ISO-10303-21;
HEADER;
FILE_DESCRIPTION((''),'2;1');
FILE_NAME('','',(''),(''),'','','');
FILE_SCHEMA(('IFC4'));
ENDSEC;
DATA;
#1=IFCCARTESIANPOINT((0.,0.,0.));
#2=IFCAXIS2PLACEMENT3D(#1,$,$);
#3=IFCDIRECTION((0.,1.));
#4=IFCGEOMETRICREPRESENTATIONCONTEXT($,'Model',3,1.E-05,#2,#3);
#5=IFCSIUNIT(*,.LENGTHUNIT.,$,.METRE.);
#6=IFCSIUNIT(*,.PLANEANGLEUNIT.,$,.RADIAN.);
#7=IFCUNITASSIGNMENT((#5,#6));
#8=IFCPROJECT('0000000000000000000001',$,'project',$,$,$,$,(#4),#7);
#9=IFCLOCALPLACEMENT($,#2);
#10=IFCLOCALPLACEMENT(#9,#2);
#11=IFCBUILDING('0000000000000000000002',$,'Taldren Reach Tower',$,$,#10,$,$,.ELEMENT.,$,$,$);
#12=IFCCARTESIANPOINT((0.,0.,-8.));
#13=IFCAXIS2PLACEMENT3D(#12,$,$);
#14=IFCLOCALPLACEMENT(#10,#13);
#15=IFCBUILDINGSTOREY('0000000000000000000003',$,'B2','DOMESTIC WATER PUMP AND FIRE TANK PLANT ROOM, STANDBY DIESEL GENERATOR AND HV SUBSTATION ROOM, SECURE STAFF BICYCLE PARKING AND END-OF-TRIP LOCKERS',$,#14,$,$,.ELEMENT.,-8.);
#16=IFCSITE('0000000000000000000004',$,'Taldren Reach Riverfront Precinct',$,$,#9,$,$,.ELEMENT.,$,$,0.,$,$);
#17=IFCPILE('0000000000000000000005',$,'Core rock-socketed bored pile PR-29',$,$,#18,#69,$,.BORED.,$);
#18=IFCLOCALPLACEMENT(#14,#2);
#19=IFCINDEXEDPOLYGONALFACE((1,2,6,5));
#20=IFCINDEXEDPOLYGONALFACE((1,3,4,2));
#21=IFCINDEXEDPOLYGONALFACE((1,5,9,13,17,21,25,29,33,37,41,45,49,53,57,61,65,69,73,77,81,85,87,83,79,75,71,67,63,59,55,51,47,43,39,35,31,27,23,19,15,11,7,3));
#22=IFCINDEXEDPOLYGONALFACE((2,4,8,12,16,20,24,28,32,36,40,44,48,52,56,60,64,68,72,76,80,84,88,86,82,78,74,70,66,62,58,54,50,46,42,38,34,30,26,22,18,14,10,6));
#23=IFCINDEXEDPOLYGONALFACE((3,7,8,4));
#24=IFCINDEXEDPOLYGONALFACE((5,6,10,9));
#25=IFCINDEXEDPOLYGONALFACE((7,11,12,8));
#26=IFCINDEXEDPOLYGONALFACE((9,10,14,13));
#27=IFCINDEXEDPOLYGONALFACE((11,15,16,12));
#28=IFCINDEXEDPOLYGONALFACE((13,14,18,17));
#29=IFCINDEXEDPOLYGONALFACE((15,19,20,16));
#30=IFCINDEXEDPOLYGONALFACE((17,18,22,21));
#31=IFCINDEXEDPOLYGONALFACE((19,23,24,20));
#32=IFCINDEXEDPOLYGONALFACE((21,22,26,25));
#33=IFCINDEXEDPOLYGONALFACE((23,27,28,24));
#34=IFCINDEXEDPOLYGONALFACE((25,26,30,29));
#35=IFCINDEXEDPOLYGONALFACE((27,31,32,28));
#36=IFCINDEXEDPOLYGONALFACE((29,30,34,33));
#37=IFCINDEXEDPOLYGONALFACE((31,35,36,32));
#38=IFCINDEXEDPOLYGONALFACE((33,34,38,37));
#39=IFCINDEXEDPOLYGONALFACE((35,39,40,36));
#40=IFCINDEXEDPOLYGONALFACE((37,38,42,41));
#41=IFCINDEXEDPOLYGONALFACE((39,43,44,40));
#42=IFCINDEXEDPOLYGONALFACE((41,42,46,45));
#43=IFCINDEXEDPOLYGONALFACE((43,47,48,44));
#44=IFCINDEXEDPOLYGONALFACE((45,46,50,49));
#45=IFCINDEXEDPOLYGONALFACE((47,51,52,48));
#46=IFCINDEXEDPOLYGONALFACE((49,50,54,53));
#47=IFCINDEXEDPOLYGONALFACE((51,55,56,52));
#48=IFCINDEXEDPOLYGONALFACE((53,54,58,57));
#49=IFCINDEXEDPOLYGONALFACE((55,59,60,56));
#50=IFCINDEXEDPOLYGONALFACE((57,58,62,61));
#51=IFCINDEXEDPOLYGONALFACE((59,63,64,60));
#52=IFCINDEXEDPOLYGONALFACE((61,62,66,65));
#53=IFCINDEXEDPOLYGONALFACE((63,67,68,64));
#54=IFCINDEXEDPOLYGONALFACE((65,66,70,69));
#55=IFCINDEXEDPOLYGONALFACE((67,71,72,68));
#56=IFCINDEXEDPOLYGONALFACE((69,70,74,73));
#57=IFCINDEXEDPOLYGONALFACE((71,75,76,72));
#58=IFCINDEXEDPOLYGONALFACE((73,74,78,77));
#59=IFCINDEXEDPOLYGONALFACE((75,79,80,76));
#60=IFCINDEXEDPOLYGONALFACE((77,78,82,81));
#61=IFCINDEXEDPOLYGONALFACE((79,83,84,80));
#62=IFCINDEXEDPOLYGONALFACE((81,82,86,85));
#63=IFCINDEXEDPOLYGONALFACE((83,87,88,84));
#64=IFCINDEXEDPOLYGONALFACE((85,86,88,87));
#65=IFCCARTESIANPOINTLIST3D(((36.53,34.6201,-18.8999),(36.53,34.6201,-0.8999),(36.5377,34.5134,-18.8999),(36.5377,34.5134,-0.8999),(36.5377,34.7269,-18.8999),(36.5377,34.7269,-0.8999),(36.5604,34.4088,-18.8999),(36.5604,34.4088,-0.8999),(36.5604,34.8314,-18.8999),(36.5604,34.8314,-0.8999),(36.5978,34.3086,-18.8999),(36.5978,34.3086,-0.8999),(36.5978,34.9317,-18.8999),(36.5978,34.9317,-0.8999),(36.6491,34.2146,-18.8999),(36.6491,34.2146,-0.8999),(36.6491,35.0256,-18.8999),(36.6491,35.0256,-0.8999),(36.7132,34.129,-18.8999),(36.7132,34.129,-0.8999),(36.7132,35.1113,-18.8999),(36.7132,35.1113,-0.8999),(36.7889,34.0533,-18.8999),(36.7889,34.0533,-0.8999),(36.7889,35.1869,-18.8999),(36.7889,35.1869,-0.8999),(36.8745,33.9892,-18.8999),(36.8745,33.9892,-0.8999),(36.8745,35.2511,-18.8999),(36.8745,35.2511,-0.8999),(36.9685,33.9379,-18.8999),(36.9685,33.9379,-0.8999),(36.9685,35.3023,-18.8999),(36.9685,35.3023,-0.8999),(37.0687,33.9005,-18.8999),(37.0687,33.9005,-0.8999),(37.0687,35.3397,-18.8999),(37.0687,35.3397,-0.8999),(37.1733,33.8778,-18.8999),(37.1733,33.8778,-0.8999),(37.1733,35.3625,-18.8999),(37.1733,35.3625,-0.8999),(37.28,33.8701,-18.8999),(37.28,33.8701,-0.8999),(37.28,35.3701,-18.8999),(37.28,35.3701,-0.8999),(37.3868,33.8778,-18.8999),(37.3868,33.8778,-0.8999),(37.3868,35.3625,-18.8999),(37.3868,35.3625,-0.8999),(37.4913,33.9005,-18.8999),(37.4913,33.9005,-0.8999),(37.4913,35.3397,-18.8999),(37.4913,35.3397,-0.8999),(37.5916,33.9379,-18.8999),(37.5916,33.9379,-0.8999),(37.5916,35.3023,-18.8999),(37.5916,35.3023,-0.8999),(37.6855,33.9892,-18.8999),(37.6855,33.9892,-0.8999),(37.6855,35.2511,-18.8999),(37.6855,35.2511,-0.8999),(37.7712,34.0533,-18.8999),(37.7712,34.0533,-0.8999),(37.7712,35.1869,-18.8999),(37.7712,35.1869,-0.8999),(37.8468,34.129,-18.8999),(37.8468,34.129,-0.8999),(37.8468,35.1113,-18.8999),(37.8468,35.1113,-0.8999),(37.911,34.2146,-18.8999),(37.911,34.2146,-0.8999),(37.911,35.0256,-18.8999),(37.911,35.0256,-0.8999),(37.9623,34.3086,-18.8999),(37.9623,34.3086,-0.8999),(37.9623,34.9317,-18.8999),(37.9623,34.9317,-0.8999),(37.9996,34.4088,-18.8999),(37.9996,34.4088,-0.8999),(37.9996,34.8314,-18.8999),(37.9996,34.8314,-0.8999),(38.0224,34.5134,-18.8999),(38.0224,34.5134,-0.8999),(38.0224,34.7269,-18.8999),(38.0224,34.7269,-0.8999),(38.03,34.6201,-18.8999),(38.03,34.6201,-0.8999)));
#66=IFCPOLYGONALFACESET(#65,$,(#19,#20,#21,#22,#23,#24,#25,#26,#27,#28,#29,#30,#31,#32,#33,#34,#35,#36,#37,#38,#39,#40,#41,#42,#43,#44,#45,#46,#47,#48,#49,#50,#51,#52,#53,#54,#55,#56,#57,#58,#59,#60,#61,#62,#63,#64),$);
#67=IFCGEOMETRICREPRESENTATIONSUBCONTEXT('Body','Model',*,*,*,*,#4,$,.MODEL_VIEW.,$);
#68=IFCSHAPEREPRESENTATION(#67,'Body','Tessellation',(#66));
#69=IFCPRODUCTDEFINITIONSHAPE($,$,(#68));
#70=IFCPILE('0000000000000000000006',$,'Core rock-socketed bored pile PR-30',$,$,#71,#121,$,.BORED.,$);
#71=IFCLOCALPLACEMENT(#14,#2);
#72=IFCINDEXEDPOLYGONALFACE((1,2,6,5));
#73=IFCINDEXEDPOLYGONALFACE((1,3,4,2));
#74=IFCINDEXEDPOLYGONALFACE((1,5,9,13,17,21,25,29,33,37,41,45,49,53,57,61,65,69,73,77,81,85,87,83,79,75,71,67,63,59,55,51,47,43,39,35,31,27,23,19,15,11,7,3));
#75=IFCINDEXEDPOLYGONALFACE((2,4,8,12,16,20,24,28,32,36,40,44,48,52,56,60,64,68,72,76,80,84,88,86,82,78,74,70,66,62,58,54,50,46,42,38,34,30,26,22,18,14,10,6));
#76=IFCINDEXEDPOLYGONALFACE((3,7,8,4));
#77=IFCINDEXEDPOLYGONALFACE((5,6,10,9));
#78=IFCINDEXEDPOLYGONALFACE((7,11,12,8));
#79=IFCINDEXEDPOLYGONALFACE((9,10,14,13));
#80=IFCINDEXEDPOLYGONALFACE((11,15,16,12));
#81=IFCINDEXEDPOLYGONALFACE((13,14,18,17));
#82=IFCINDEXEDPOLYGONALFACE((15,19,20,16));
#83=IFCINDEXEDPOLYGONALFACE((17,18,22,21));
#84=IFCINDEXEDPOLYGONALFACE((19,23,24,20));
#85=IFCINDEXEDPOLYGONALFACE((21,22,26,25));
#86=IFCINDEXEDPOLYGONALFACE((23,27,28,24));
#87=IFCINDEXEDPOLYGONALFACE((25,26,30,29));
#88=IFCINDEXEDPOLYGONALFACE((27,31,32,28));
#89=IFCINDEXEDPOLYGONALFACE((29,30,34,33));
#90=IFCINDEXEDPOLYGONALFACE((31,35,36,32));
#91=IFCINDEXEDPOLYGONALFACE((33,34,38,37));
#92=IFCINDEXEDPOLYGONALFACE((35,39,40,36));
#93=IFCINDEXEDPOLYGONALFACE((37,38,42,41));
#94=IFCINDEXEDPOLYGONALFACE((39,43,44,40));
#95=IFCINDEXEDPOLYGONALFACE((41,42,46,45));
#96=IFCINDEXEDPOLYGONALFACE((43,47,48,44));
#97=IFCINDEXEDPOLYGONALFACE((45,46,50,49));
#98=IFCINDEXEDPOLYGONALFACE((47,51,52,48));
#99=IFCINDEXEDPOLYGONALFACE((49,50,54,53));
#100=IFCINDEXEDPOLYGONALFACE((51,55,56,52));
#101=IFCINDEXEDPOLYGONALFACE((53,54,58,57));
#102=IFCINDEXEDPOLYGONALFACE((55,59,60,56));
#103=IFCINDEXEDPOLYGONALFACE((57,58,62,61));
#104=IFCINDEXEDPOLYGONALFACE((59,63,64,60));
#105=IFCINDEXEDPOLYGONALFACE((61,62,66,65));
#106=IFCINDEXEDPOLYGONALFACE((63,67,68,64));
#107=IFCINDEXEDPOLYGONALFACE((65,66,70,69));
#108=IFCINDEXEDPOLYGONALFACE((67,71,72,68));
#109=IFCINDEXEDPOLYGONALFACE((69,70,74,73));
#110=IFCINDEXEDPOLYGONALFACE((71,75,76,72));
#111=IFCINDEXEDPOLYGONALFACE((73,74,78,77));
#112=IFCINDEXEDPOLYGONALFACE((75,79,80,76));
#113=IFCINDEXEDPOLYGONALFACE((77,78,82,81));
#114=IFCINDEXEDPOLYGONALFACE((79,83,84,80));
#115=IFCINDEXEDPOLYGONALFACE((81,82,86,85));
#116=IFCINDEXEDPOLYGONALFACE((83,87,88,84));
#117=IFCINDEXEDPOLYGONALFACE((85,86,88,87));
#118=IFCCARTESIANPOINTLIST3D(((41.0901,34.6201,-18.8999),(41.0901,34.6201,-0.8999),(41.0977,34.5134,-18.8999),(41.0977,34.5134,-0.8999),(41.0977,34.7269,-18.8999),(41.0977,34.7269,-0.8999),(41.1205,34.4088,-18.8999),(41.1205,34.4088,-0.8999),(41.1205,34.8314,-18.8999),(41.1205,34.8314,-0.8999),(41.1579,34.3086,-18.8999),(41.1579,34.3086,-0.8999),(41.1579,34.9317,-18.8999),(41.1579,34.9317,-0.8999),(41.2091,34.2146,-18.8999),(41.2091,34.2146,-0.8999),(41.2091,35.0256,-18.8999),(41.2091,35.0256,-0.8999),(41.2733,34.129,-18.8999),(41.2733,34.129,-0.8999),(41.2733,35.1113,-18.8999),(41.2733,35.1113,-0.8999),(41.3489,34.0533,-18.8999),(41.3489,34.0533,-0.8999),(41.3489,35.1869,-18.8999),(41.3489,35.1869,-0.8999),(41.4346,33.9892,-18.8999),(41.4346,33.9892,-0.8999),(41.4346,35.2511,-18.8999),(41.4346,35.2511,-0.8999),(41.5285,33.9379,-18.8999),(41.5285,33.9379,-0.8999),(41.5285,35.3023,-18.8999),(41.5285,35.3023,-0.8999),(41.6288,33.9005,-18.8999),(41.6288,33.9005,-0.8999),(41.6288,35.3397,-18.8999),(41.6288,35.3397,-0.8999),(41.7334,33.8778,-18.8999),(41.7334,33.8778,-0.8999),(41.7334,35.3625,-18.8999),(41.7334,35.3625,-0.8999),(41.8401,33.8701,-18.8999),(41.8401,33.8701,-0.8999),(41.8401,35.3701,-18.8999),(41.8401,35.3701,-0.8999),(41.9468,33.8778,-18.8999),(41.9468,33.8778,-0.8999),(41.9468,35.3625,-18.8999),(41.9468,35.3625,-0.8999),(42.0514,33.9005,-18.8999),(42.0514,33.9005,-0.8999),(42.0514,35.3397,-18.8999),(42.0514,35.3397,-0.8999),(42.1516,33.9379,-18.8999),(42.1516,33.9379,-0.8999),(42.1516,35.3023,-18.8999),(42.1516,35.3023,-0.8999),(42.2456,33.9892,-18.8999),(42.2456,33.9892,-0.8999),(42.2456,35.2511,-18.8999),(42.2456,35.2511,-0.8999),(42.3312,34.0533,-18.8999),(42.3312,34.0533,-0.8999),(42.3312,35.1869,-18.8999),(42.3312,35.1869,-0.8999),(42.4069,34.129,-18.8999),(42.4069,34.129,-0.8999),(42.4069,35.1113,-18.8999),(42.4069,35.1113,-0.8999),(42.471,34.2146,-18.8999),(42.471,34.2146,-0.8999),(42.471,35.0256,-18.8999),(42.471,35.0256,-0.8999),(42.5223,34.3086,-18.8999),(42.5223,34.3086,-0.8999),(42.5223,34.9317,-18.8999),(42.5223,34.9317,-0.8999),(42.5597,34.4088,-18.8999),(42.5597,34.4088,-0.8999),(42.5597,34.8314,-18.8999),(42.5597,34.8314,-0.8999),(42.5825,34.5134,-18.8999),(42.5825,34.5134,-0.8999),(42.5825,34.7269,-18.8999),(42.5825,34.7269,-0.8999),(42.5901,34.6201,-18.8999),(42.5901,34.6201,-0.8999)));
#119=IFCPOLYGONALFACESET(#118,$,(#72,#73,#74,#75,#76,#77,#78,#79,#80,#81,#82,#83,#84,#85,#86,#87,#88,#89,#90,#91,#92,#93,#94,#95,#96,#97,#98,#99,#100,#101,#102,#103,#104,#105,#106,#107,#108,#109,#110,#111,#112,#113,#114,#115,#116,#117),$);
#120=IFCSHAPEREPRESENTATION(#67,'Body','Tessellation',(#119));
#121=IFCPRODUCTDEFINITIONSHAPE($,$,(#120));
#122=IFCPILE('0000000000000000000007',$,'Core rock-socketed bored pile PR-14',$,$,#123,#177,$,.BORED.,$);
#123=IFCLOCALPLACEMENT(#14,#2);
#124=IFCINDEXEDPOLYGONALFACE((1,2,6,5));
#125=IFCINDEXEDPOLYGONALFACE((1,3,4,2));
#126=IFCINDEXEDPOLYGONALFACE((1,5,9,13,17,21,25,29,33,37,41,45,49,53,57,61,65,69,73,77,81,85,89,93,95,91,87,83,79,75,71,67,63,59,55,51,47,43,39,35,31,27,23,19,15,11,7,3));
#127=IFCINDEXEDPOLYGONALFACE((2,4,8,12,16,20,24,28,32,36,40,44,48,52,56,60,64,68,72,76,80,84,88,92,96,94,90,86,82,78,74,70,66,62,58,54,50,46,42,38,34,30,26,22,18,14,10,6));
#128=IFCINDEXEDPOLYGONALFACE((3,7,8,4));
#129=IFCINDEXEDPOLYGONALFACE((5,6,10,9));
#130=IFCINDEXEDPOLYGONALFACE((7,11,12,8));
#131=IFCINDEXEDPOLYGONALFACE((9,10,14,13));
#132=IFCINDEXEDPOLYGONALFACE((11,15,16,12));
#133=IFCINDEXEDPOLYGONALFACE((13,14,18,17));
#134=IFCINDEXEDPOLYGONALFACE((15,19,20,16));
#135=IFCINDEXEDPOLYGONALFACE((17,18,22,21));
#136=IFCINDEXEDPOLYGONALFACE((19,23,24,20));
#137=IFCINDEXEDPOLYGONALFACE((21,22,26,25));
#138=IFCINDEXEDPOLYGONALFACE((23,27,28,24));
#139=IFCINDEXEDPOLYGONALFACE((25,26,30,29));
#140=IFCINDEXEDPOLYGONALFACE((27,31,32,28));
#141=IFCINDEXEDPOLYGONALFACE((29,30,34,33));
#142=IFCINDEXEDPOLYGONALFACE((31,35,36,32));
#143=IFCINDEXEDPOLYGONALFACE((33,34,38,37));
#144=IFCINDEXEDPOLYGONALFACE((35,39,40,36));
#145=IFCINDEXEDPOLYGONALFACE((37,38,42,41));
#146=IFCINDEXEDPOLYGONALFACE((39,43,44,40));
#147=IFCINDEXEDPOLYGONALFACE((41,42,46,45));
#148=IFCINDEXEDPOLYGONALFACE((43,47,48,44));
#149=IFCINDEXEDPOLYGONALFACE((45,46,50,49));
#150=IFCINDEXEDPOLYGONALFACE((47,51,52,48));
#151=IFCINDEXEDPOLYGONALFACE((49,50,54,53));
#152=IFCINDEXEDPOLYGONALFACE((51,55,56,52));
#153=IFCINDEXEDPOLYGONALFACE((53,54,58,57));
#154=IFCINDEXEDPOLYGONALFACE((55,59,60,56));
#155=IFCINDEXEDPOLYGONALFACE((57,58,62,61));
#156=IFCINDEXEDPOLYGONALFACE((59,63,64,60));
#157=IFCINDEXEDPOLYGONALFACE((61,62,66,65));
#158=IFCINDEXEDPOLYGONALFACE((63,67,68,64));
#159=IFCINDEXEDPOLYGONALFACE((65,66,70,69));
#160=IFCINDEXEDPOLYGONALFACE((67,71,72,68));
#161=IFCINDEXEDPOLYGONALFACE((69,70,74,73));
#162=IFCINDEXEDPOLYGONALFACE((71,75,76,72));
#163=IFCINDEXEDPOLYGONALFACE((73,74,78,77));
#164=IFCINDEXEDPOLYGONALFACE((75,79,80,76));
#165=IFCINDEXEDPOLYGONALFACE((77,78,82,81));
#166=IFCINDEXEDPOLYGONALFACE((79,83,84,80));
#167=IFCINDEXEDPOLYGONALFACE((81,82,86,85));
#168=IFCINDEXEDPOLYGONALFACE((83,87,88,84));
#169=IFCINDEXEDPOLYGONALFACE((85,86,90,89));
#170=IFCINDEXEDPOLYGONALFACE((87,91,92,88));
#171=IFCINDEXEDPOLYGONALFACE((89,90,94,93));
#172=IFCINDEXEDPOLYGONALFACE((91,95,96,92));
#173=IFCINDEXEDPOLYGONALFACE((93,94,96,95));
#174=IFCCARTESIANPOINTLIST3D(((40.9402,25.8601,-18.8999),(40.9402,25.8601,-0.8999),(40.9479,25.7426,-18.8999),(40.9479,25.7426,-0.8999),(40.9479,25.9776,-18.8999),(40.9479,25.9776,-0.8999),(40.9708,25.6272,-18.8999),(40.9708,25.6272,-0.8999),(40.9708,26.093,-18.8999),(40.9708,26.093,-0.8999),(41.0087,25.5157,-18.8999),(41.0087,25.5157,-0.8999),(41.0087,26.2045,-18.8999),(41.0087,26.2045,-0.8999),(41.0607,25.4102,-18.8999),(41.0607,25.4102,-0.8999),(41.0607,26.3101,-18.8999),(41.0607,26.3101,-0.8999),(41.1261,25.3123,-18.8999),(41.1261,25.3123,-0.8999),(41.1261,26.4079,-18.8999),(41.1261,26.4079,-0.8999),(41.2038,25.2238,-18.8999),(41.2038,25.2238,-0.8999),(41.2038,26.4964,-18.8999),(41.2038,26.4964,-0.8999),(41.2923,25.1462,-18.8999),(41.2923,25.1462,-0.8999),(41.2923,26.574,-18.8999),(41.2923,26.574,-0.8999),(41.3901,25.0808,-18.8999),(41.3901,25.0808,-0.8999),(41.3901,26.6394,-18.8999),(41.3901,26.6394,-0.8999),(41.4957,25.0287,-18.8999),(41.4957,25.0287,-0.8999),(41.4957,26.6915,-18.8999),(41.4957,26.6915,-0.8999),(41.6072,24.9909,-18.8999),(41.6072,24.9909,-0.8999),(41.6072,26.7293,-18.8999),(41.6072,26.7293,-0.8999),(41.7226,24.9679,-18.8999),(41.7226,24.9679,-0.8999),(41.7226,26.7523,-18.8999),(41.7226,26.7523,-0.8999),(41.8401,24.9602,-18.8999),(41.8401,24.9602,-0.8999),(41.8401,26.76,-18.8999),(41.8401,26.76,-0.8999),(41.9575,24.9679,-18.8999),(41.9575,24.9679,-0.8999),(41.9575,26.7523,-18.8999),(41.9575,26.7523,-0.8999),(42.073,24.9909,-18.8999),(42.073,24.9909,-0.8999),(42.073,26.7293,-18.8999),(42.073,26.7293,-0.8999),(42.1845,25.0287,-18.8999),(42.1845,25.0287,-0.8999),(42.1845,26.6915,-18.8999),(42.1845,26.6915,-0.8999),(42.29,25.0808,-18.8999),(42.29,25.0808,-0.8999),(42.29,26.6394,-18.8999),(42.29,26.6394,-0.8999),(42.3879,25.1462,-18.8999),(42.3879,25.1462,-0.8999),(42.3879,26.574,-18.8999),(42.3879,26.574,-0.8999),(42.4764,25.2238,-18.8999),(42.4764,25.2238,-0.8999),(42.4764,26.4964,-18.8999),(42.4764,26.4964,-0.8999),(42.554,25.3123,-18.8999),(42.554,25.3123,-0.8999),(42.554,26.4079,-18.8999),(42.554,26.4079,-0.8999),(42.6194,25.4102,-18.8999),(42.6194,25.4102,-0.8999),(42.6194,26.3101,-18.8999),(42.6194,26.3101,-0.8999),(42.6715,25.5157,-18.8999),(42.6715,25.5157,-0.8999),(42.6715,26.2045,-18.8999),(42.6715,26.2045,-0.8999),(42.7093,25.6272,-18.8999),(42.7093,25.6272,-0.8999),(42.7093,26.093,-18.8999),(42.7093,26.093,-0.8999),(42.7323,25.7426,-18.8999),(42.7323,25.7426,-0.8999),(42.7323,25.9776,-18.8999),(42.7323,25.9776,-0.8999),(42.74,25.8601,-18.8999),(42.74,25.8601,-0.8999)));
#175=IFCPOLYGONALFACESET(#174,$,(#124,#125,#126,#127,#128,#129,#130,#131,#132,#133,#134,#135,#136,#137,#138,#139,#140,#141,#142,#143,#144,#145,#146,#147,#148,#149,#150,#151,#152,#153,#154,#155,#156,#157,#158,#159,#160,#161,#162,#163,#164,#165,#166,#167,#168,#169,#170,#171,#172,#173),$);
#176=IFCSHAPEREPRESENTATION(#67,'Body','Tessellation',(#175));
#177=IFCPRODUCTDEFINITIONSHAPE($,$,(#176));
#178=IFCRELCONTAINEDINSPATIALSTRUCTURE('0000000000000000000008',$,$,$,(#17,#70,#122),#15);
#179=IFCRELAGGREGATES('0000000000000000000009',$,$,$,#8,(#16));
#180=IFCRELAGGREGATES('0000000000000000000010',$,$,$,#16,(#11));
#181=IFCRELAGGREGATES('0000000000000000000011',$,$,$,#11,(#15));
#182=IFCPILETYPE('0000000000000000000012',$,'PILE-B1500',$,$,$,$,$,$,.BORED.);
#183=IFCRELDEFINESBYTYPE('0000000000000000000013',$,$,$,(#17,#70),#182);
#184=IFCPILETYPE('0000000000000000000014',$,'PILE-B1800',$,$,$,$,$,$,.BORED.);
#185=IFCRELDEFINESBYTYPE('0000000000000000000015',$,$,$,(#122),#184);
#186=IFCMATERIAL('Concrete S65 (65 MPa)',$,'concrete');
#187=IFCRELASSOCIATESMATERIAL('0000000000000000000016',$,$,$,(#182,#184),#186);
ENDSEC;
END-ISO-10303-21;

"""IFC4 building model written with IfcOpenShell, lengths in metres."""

from ifc_helpers import new_model, si_unit, direction, frame, origin, origin_2d, place, context, subcontext, project, spatial, circle, extrude, source, transform, mapped, material, material_profile, profile_set, type_object, element, save


model = new_model("IFC4")

# Units and contexts
model_context = context("Model", 3, precision=1e-05, world=origin(), true_north=direction((0.0, 1.0)))
body_context = subcontext(model_context, "Body", "Model", "MODEL_VIEW")
ifc_project = project(units=[si_unit("LENGTHUNIT", "METRE"), si_unit("PLANEANGLEUNIT", "RADIAN")], contexts=[model_context])

# Site, building, storey
site_placement = place(None, origin())
site = spatial("IfcSite", under=ifc_project, at=site_placement, Name="Taldren Reach Riverfront Precinct", CompositionType="ELEMENT", RefElevation=0.0)
building_placement = place(site_placement, origin())
building = spatial("IfcBuilding", under=site, at=building_placement, Name="Taldren Reach Tower", CompositionType="ELEMENT")
storey_placement = place(building_placement, frame((0.0, 0.0, -8.0)))
storey = spatial("IfcBuildingStorey", under=building, at=storey_placement, Name="B2", Description="DOMESTIC WATER PUMP AND FIRE TANK PLANT ROOM, STANDBY DIESEL GENERATOR AND HV SUBSTATION ROOM, SECURE STAFF BICYCLE PARKING AND END-OF-TRIP LOCKERS", CompositionType="ELEMENT", Elevation=-8.0)

# Piles
ifc_material_1 = material(Name="Concrete S65 (65 MPa)", Category="concrete")
ifc_material_profile_1 = material_profile(ifc_material_1, circle(Radius=0.75, at=origin_2d()), Name="PB-1500")
ifc_profile_set_1 = profile_set([ifc_material_profile_1], Name="Concrete S65 (65 MPa)")
pile_type_1 = type_object("IfcPileType", Name="PILE-B1500", PredefinedType="BORED", material=ifc_profile_set_1)
shared_shape_1 = source(origin(), body_context, "Body", "SweptSolid", [
    extrude(circle(Radius=0.75, at=origin_2d()), origin(), (0.0, 0.0, 1.0), 18.0),
])
for number, where, z_axis, x_axis, name in (
    (1, (37.28, 34.6201, -0.8999), (0.0, 0.0, -1.0), (1.0, 0.0, 0.0), "Core rock-socketed bored pile PR-29"),
    (2, (41.8401, 34.6201, -0.8999), (0.0, 0.0, -1.0), (1.0, 0.0, 0.0), "Core rock-socketed bored pile PR-30"),
):
    element("IfcPile", number, at=place(storey_placement, frame(where, z_axis=z_axis, x_axis=x_axis)), inside=storey, type_object=pile_type_1, Name=name, PredefinedType="BORED", context=body_context, shape_type="MappedRepresentation", body=[
        mapped(shared_shape_1, transform((0.0, 0.0, 0.0), scale=1.0)),
    ])
ifc_material_profile_2 = material_profile(ifc_material_1, circle(Radius=0.8999, at=origin_2d()), Name="PB-1800")
ifc_profile_set_2 = profile_set([ifc_material_profile_2], Name="Concrete S65 (65 MPa)")
pile_type_2 = type_object("IfcPileType", Name="PILE-B1800", PredefinedType="BORED", material=ifc_profile_set_2)
shared_shape_2 = source(origin(), body_context, "Body", "SweptSolid", [
    extrude(circle(Radius=0.8999, at=origin_2d()), origin(), (0.0, 0.0, 1.0), 18.0),
])
for number, where, z_axis, x_axis, name in (
    (3, (41.8401, 25.8601, -0.8999), (0.0, 0.0, -1.0), (1.0, 0.0, 0.0), "Core rock-socketed bored pile PR-14"),
):
    element("IfcPile", number, at=place(storey_placement, frame(where, z_axis=z_axis, x_axis=x_axis)), inside=storey, type_object=pile_type_2, Name=name, PredefinedType="BORED", context=body_context, shape_type="MappedRepresentation", body=[
        mapped(shared_shape_2, transform((0.0, 0.0, 0.0), scale=1.0)),
    ])

save(model, "model.ifc")
